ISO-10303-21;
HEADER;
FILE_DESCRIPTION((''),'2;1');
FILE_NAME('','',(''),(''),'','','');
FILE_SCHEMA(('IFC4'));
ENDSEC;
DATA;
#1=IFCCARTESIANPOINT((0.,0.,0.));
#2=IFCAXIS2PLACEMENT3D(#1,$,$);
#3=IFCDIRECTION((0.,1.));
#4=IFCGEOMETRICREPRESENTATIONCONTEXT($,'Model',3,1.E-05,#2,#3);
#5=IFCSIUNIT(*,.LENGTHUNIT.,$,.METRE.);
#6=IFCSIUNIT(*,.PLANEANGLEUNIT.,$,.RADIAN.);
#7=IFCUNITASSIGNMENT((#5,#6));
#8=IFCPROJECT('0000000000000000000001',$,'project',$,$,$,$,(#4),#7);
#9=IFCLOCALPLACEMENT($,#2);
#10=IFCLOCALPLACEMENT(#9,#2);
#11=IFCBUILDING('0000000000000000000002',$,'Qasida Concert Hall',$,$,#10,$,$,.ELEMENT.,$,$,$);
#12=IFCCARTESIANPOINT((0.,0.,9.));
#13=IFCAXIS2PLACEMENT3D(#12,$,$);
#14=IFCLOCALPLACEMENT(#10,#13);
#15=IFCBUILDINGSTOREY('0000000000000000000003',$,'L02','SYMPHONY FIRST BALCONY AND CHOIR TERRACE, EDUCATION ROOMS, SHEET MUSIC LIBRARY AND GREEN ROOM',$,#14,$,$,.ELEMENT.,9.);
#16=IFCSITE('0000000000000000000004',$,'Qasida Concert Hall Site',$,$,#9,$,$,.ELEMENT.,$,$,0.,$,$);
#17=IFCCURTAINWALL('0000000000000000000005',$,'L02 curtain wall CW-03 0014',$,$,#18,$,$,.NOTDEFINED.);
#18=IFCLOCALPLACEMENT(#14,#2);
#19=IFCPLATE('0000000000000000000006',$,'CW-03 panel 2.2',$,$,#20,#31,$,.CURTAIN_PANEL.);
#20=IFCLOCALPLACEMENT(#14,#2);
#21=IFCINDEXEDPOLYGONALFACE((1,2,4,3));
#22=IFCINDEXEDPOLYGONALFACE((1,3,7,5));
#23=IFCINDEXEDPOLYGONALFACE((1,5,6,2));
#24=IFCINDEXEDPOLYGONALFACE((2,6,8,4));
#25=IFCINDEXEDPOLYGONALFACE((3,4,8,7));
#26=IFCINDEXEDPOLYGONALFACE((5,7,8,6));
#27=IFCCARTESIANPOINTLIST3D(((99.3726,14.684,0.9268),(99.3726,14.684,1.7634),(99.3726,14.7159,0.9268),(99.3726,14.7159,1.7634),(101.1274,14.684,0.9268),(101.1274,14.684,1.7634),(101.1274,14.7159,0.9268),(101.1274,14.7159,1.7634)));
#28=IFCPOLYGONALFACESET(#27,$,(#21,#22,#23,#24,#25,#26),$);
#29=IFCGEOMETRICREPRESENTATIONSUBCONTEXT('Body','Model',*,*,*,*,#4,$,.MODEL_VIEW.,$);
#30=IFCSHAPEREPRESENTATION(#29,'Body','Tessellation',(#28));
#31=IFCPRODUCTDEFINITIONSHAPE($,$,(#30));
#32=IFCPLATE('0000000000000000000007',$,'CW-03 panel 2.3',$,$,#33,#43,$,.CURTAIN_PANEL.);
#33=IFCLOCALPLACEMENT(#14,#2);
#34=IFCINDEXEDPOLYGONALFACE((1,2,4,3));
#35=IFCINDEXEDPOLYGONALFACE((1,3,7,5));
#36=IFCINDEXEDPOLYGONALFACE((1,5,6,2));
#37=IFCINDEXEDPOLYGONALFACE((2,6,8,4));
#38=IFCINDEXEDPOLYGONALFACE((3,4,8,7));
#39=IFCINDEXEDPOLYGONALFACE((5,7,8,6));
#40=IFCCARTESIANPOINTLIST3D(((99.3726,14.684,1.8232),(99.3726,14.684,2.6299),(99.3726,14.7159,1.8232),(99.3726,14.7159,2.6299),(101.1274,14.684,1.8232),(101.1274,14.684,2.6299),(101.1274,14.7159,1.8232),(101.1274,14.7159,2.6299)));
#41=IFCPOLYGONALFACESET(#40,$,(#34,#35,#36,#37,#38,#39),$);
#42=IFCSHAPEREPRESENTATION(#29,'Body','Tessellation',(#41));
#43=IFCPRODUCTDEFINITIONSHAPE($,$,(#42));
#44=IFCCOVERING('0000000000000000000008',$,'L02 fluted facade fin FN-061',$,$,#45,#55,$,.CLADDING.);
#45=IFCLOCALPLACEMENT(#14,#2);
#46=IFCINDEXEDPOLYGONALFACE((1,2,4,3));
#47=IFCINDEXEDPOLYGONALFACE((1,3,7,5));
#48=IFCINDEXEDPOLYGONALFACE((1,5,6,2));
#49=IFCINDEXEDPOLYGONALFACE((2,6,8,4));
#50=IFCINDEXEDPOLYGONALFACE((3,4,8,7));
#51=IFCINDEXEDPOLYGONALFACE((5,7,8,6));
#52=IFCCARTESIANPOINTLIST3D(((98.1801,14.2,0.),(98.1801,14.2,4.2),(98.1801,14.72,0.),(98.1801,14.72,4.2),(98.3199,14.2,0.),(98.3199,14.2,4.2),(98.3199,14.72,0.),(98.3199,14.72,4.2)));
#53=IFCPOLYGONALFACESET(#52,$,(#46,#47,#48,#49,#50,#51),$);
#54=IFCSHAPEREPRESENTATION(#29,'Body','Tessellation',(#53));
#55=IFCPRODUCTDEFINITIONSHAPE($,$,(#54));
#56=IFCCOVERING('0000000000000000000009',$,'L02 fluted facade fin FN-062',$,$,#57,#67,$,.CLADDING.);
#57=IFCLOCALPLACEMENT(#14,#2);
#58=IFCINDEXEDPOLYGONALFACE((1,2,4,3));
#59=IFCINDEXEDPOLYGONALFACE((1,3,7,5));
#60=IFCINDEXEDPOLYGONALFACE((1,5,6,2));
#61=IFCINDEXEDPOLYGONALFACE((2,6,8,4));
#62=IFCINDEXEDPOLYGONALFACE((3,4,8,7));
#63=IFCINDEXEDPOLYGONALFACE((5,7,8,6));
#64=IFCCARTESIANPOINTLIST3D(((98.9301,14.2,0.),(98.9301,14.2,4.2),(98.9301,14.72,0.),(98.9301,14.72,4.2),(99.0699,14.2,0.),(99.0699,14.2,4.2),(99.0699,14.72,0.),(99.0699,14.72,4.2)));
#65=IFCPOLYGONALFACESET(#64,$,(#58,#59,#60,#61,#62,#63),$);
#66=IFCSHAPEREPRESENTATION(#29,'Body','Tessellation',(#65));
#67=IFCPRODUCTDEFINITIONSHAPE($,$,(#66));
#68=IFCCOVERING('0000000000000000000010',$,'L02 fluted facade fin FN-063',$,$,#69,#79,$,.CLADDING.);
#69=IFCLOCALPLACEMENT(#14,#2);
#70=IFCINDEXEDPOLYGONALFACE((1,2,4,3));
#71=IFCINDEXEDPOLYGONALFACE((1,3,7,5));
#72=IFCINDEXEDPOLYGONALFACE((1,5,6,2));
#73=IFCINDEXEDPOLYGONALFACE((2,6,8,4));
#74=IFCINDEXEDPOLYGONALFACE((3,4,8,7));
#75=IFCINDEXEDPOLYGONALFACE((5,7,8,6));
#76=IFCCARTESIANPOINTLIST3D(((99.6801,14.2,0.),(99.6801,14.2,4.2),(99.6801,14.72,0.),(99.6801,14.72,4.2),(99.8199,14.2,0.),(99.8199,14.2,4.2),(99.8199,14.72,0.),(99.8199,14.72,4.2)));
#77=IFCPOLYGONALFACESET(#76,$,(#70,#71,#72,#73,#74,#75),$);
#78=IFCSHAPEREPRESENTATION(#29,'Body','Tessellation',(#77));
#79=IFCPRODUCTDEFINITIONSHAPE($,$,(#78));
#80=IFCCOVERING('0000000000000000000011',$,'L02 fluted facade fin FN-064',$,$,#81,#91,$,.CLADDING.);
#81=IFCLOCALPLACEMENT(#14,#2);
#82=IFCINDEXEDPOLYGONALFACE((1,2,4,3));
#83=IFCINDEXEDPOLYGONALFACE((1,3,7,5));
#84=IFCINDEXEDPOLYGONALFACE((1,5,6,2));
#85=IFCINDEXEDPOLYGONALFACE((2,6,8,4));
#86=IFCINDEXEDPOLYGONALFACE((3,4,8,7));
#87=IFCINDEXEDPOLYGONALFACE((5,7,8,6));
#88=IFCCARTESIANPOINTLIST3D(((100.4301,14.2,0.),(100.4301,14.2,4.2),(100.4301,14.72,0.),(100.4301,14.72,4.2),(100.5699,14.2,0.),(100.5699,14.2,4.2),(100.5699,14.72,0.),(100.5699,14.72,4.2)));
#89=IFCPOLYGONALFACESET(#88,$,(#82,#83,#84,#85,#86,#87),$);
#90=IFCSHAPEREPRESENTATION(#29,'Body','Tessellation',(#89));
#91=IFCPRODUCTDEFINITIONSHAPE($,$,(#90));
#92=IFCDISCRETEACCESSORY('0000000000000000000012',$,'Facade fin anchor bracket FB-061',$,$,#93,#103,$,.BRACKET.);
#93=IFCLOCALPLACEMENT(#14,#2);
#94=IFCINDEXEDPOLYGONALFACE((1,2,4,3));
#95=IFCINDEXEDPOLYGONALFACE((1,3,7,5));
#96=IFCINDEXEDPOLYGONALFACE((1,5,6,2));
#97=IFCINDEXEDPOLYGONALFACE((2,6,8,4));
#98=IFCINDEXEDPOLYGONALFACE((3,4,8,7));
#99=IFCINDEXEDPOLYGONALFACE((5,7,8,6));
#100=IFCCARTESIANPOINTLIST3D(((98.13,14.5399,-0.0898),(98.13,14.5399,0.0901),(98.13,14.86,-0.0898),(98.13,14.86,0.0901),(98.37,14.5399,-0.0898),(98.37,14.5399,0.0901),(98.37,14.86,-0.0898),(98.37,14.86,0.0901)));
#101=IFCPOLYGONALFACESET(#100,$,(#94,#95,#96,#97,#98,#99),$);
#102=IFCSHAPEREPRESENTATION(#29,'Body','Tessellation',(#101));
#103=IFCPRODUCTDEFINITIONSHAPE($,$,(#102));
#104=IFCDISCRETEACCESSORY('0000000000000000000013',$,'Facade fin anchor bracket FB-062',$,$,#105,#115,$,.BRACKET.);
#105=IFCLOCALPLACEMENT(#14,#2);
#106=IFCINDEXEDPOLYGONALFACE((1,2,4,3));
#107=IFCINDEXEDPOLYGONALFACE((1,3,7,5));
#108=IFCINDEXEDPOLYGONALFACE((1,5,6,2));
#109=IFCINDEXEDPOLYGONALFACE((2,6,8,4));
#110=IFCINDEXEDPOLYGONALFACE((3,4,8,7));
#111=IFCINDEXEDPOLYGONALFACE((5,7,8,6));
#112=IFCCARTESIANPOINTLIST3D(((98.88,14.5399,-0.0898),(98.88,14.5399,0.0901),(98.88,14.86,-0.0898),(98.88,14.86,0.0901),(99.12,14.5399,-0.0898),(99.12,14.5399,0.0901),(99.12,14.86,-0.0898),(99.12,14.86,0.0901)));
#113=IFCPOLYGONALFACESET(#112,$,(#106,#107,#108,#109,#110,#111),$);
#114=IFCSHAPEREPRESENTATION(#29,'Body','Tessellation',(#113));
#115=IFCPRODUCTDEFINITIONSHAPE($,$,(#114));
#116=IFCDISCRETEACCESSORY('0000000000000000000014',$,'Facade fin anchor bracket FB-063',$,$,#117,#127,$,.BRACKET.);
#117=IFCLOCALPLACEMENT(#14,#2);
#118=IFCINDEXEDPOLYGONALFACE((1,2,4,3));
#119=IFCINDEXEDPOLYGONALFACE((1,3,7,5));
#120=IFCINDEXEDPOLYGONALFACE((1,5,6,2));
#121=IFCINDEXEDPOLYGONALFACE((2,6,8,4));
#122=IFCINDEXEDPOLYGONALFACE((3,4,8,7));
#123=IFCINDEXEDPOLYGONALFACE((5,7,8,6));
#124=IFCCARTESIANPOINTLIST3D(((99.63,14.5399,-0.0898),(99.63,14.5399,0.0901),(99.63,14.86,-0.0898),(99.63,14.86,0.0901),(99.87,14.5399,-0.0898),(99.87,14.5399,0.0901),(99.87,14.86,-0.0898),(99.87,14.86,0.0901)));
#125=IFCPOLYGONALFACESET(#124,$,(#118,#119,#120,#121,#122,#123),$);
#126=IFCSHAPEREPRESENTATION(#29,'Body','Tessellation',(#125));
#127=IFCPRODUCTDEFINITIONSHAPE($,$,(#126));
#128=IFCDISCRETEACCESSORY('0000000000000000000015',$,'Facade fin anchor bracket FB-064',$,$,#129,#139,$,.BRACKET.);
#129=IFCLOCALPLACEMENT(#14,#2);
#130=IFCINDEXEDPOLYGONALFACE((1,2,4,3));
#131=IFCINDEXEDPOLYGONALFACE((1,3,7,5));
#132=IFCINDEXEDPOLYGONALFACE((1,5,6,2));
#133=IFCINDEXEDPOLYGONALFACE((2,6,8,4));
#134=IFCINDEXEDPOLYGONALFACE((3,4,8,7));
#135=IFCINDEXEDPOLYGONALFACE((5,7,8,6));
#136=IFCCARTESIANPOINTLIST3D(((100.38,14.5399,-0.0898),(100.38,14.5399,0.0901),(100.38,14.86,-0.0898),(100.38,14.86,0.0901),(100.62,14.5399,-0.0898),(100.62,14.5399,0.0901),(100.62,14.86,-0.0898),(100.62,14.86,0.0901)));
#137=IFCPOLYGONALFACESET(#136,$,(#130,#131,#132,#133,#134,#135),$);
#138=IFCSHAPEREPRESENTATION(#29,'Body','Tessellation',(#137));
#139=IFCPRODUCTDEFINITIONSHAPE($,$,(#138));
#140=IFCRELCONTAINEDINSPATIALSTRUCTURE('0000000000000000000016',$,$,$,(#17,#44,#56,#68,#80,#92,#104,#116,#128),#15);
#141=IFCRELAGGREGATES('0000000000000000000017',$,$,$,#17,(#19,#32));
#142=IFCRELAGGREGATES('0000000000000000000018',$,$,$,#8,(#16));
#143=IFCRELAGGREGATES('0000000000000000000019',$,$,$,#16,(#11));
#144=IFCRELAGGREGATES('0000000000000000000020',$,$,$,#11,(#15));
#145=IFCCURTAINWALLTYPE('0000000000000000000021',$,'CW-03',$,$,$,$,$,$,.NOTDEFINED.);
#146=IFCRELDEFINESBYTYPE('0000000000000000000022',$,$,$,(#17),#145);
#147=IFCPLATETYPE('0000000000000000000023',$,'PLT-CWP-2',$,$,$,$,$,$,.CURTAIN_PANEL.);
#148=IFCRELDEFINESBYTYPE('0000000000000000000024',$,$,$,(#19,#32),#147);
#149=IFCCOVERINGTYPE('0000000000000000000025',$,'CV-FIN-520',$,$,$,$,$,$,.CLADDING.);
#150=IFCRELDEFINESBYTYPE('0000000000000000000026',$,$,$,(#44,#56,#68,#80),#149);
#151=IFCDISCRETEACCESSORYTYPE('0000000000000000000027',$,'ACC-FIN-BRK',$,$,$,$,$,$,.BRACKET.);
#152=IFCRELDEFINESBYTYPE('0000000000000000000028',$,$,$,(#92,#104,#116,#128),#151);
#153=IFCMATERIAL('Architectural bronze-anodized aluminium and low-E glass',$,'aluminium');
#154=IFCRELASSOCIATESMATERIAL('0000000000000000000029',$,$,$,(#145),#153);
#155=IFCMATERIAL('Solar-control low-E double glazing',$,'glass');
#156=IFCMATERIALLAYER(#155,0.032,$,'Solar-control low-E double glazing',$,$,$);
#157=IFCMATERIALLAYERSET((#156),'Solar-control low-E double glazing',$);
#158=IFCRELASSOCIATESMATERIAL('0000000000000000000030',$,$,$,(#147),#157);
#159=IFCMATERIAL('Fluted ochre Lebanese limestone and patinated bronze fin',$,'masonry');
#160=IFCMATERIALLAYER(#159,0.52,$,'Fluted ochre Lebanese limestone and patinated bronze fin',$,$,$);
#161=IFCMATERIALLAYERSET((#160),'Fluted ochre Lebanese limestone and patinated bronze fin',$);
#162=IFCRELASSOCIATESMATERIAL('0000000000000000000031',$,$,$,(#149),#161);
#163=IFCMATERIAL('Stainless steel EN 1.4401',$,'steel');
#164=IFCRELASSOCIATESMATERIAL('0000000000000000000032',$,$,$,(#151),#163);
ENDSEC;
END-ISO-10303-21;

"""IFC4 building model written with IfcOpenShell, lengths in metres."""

from ifc_helpers import new_model, si_unit, direction, frame, origin, origin_2d, place, context, subcontext, project, spatial, rectangle, extrude, material, layer, layer_set, type_object, element, aggregate, save


model = new_model("IFC4")

# Units and contexts
model_context = context("Model", 3, precision=1e-05, world=origin(), true_north=direction((0.0, 1.0)))
body_context = subcontext(model_context, "Body", "Model", "MODEL_VIEW")
ifc_project = project(units=[si_unit("LENGTHUNIT", "METRE"), si_unit("PLANEANGLEUNIT", "RADIAN")], contexts=[model_context])

# Site, building, storey
site_placement = place(None, origin())
site = spatial("IfcSite", under=ifc_project, at=site_placement, Name="Qasida Concert Hall Site", CompositionType="ELEMENT", RefElevation=0.0)
building_placement = place(site_placement, origin())
building = spatial("IfcBuilding", under=site, at=building_placement, Name="Qasida Concert Hall", CompositionType="ELEMENT")
storey_placement = place(building_placement, frame((0.0, 0.0, 9.0)))
storey = spatial("IfcBuildingStorey", under=building, at=storey_placement, Name="L02", Description="SYMPHONY FIRST BALCONY AND CHOIR TERRACE, EDUCATION ROOMS, SHEET MUSIC LIBRARY AND GREEN ROOM", CompositionType="ELEMENT", Elevation=9.0)

# Curtain wall, plates
ifc_material_1 = material(Name="Architectural bronze-anodized aluminium and low-E glass", Category="aluminium")
curtain_wall_type = type_object("IfcCurtainWallType", Name="CW-03", PredefinedType="NOTDEFINED", material=ifc_material_1)
curtain_wall_placement = place(storey_placement, origin())
curtain_wall = element("IfcCurtainWall", 1, at=curtain_wall_placement, inside=storey, type_object=curtain_wall_type, Name="L02 curtain wall CW-03 0014", PredefinedType="NOTDEFINED")
ifc_material_2 = material(Name="Solar-control low-E double glazing", Category="glass")
ifc_layer_1 = layer(ifc_material_2, 0.032, Name="Solar-control low-E double glazing")
ifc_layer_set_1 = layer_set([ifc_layer_1], Name="Solar-control low-E double glazing")
plate_type = type_object("IfcPlateType", Name="PLT-CWP-2", PredefinedType="CURTAIN_PANEL", material=ifc_layer_set_1)
plate_1_placement = place(storey_placement, frame((100.25, 14.7, 0.9268), z_axis=(0.0, 0.0, 1.0), x_axis=(1.0, 0.0, 0.0)))
plate_1 = element("IfcPlate", 2, at=plate_1_placement, type_object=plate_type, Name="CW-03 panel 2.2", PredefinedType="CURTAIN_PANEL", context=body_context, shape_type="SweptSolid", body=[
    extrude(rectangle(XDim=1.7549, YDim=0.032, at=origin_2d()), origin(), (0.0, 0.0, 1.0), 0.8367),
])
plate_2_placement = place(storey_placement, frame((100.25, 14.7, 1.8232), z_axis=(0.0, 0.0, 1.0), x_axis=(1.0, 0.0, 0.0)))
plate_2 = element("IfcPlate", 3, at=plate_2_placement, type_object=plate_type, Name="CW-03 panel 2.3", PredefinedType="CURTAIN_PANEL", context=body_context, shape_type="SweptSolid", body=[
    extrude(rectangle(XDim=1.7549, YDim=0.032, at=origin_2d()), origin(), (0.0, 0.0, 1.0), 0.8066),
])
aggregate(curtain_wall, [plate_1, plate_2])

# Coverings
ifc_material_3 = material(Name="Fluted ochre Lebanese limestone and patinated bronze fin", Category="masonry")
ifc_layer_2 = layer(ifc_material_3, 0.52, Name="Fluted ochre Lebanese limestone and patinated bronze fin")
ifc_layer_set_2 = layer_set([ifc_layer_2], Name="Fluted ochre Lebanese limestone and patinated bronze fin")
covering_type = type_object("IfcCoveringType", Name="CV-FIN-520", PredefinedType="CLADDING", material=ifc_layer_set_2)
for number, where, z_axis, x_axis, name in (
    (4, (98.25, 14.46, 0.0), (0.0, 0.0, 1.0), (1.0, 0.0, 0.0), "L02 fluted facade fin FN-061"),
    (5, (99.0, 14.46, 0.0), (0.0, 0.0, 1.0), (1.0, 0.0, 0.0), "L02 fluted facade fin FN-062"),
    (6, (99.75, 14.46, 0.0), (0.0, 0.0, 1.0), (1.0, 0.0, 0.0), "L02 fluted facade fin FN-063"),
    (7, (100.5, 14.46, 0.0), (0.0, 0.0, 1.0), (1.0, 0.0, 0.0), "L02 fluted facade fin FN-064"),
):
    element("IfcCovering", number, at=place(storey_placement, frame(where, z_axis=z_axis, x_axis=x_axis)), inside=storey, type_object=covering_type, Name=name, PredefinedType="CLADDING", context=body_context, shape_type="SweptSolid", body=[
        extrude(rectangle(XDim=0.1399, YDim=0.52, at=origin_2d()), origin(), (0.0, 0.0, 1.0), 4.2),
    ])

# Discrete accessories
ifc_material_4 = material(Name="Stainless steel EN 1.4401", Category="steel")
discrete_accessory_type = type_object("IfcDiscreteAccessoryType", Name="ACC-FIN-BRK", PredefinedType="BRACKET", material=ifc_material_4)
for number, where, z_axis, x_axis, name in (
    (8, (98.25, 14.7, -0.0898), (0.0, 0.0, 1.0), (1.0, 0.0, 0.0), "Facade fin anchor bracket FB-061"),
    (9, (99.0, 14.7, -0.0898), (0.0, 0.0, 1.0), (1.0, 0.0, 0.0), "Facade fin anchor bracket FB-062"),
    (10, (99.75, 14.7, -0.0898), (0.0, 0.0, 1.0), (1.0, 0.0, 0.0), "Facade fin anchor bracket FB-063"),
    (11, (100.5, 14.7, -0.0898), (0.0, 0.0, 1.0), (1.0, 0.0, 0.0), "Facade fin anchor bracket FB-064"),
):
    element("IfcDiscreteAccessory", number, at=place(storey_placement, frame(where, z_axis=z_axis, x_axis=x_axis)), inside=storey, type_object=discrete_accessory_type, Name=name, PredefinedType="BRACKET", context=body_context, shape_type="SweptSolid", body=[
        extrude(rectangle(XDim=0.24, YDim=0.3201, at=origin_2d()), origin(), (0.0, 0.0, 1.0), 0.1799),
    ])

save(model, "model.ifc")
